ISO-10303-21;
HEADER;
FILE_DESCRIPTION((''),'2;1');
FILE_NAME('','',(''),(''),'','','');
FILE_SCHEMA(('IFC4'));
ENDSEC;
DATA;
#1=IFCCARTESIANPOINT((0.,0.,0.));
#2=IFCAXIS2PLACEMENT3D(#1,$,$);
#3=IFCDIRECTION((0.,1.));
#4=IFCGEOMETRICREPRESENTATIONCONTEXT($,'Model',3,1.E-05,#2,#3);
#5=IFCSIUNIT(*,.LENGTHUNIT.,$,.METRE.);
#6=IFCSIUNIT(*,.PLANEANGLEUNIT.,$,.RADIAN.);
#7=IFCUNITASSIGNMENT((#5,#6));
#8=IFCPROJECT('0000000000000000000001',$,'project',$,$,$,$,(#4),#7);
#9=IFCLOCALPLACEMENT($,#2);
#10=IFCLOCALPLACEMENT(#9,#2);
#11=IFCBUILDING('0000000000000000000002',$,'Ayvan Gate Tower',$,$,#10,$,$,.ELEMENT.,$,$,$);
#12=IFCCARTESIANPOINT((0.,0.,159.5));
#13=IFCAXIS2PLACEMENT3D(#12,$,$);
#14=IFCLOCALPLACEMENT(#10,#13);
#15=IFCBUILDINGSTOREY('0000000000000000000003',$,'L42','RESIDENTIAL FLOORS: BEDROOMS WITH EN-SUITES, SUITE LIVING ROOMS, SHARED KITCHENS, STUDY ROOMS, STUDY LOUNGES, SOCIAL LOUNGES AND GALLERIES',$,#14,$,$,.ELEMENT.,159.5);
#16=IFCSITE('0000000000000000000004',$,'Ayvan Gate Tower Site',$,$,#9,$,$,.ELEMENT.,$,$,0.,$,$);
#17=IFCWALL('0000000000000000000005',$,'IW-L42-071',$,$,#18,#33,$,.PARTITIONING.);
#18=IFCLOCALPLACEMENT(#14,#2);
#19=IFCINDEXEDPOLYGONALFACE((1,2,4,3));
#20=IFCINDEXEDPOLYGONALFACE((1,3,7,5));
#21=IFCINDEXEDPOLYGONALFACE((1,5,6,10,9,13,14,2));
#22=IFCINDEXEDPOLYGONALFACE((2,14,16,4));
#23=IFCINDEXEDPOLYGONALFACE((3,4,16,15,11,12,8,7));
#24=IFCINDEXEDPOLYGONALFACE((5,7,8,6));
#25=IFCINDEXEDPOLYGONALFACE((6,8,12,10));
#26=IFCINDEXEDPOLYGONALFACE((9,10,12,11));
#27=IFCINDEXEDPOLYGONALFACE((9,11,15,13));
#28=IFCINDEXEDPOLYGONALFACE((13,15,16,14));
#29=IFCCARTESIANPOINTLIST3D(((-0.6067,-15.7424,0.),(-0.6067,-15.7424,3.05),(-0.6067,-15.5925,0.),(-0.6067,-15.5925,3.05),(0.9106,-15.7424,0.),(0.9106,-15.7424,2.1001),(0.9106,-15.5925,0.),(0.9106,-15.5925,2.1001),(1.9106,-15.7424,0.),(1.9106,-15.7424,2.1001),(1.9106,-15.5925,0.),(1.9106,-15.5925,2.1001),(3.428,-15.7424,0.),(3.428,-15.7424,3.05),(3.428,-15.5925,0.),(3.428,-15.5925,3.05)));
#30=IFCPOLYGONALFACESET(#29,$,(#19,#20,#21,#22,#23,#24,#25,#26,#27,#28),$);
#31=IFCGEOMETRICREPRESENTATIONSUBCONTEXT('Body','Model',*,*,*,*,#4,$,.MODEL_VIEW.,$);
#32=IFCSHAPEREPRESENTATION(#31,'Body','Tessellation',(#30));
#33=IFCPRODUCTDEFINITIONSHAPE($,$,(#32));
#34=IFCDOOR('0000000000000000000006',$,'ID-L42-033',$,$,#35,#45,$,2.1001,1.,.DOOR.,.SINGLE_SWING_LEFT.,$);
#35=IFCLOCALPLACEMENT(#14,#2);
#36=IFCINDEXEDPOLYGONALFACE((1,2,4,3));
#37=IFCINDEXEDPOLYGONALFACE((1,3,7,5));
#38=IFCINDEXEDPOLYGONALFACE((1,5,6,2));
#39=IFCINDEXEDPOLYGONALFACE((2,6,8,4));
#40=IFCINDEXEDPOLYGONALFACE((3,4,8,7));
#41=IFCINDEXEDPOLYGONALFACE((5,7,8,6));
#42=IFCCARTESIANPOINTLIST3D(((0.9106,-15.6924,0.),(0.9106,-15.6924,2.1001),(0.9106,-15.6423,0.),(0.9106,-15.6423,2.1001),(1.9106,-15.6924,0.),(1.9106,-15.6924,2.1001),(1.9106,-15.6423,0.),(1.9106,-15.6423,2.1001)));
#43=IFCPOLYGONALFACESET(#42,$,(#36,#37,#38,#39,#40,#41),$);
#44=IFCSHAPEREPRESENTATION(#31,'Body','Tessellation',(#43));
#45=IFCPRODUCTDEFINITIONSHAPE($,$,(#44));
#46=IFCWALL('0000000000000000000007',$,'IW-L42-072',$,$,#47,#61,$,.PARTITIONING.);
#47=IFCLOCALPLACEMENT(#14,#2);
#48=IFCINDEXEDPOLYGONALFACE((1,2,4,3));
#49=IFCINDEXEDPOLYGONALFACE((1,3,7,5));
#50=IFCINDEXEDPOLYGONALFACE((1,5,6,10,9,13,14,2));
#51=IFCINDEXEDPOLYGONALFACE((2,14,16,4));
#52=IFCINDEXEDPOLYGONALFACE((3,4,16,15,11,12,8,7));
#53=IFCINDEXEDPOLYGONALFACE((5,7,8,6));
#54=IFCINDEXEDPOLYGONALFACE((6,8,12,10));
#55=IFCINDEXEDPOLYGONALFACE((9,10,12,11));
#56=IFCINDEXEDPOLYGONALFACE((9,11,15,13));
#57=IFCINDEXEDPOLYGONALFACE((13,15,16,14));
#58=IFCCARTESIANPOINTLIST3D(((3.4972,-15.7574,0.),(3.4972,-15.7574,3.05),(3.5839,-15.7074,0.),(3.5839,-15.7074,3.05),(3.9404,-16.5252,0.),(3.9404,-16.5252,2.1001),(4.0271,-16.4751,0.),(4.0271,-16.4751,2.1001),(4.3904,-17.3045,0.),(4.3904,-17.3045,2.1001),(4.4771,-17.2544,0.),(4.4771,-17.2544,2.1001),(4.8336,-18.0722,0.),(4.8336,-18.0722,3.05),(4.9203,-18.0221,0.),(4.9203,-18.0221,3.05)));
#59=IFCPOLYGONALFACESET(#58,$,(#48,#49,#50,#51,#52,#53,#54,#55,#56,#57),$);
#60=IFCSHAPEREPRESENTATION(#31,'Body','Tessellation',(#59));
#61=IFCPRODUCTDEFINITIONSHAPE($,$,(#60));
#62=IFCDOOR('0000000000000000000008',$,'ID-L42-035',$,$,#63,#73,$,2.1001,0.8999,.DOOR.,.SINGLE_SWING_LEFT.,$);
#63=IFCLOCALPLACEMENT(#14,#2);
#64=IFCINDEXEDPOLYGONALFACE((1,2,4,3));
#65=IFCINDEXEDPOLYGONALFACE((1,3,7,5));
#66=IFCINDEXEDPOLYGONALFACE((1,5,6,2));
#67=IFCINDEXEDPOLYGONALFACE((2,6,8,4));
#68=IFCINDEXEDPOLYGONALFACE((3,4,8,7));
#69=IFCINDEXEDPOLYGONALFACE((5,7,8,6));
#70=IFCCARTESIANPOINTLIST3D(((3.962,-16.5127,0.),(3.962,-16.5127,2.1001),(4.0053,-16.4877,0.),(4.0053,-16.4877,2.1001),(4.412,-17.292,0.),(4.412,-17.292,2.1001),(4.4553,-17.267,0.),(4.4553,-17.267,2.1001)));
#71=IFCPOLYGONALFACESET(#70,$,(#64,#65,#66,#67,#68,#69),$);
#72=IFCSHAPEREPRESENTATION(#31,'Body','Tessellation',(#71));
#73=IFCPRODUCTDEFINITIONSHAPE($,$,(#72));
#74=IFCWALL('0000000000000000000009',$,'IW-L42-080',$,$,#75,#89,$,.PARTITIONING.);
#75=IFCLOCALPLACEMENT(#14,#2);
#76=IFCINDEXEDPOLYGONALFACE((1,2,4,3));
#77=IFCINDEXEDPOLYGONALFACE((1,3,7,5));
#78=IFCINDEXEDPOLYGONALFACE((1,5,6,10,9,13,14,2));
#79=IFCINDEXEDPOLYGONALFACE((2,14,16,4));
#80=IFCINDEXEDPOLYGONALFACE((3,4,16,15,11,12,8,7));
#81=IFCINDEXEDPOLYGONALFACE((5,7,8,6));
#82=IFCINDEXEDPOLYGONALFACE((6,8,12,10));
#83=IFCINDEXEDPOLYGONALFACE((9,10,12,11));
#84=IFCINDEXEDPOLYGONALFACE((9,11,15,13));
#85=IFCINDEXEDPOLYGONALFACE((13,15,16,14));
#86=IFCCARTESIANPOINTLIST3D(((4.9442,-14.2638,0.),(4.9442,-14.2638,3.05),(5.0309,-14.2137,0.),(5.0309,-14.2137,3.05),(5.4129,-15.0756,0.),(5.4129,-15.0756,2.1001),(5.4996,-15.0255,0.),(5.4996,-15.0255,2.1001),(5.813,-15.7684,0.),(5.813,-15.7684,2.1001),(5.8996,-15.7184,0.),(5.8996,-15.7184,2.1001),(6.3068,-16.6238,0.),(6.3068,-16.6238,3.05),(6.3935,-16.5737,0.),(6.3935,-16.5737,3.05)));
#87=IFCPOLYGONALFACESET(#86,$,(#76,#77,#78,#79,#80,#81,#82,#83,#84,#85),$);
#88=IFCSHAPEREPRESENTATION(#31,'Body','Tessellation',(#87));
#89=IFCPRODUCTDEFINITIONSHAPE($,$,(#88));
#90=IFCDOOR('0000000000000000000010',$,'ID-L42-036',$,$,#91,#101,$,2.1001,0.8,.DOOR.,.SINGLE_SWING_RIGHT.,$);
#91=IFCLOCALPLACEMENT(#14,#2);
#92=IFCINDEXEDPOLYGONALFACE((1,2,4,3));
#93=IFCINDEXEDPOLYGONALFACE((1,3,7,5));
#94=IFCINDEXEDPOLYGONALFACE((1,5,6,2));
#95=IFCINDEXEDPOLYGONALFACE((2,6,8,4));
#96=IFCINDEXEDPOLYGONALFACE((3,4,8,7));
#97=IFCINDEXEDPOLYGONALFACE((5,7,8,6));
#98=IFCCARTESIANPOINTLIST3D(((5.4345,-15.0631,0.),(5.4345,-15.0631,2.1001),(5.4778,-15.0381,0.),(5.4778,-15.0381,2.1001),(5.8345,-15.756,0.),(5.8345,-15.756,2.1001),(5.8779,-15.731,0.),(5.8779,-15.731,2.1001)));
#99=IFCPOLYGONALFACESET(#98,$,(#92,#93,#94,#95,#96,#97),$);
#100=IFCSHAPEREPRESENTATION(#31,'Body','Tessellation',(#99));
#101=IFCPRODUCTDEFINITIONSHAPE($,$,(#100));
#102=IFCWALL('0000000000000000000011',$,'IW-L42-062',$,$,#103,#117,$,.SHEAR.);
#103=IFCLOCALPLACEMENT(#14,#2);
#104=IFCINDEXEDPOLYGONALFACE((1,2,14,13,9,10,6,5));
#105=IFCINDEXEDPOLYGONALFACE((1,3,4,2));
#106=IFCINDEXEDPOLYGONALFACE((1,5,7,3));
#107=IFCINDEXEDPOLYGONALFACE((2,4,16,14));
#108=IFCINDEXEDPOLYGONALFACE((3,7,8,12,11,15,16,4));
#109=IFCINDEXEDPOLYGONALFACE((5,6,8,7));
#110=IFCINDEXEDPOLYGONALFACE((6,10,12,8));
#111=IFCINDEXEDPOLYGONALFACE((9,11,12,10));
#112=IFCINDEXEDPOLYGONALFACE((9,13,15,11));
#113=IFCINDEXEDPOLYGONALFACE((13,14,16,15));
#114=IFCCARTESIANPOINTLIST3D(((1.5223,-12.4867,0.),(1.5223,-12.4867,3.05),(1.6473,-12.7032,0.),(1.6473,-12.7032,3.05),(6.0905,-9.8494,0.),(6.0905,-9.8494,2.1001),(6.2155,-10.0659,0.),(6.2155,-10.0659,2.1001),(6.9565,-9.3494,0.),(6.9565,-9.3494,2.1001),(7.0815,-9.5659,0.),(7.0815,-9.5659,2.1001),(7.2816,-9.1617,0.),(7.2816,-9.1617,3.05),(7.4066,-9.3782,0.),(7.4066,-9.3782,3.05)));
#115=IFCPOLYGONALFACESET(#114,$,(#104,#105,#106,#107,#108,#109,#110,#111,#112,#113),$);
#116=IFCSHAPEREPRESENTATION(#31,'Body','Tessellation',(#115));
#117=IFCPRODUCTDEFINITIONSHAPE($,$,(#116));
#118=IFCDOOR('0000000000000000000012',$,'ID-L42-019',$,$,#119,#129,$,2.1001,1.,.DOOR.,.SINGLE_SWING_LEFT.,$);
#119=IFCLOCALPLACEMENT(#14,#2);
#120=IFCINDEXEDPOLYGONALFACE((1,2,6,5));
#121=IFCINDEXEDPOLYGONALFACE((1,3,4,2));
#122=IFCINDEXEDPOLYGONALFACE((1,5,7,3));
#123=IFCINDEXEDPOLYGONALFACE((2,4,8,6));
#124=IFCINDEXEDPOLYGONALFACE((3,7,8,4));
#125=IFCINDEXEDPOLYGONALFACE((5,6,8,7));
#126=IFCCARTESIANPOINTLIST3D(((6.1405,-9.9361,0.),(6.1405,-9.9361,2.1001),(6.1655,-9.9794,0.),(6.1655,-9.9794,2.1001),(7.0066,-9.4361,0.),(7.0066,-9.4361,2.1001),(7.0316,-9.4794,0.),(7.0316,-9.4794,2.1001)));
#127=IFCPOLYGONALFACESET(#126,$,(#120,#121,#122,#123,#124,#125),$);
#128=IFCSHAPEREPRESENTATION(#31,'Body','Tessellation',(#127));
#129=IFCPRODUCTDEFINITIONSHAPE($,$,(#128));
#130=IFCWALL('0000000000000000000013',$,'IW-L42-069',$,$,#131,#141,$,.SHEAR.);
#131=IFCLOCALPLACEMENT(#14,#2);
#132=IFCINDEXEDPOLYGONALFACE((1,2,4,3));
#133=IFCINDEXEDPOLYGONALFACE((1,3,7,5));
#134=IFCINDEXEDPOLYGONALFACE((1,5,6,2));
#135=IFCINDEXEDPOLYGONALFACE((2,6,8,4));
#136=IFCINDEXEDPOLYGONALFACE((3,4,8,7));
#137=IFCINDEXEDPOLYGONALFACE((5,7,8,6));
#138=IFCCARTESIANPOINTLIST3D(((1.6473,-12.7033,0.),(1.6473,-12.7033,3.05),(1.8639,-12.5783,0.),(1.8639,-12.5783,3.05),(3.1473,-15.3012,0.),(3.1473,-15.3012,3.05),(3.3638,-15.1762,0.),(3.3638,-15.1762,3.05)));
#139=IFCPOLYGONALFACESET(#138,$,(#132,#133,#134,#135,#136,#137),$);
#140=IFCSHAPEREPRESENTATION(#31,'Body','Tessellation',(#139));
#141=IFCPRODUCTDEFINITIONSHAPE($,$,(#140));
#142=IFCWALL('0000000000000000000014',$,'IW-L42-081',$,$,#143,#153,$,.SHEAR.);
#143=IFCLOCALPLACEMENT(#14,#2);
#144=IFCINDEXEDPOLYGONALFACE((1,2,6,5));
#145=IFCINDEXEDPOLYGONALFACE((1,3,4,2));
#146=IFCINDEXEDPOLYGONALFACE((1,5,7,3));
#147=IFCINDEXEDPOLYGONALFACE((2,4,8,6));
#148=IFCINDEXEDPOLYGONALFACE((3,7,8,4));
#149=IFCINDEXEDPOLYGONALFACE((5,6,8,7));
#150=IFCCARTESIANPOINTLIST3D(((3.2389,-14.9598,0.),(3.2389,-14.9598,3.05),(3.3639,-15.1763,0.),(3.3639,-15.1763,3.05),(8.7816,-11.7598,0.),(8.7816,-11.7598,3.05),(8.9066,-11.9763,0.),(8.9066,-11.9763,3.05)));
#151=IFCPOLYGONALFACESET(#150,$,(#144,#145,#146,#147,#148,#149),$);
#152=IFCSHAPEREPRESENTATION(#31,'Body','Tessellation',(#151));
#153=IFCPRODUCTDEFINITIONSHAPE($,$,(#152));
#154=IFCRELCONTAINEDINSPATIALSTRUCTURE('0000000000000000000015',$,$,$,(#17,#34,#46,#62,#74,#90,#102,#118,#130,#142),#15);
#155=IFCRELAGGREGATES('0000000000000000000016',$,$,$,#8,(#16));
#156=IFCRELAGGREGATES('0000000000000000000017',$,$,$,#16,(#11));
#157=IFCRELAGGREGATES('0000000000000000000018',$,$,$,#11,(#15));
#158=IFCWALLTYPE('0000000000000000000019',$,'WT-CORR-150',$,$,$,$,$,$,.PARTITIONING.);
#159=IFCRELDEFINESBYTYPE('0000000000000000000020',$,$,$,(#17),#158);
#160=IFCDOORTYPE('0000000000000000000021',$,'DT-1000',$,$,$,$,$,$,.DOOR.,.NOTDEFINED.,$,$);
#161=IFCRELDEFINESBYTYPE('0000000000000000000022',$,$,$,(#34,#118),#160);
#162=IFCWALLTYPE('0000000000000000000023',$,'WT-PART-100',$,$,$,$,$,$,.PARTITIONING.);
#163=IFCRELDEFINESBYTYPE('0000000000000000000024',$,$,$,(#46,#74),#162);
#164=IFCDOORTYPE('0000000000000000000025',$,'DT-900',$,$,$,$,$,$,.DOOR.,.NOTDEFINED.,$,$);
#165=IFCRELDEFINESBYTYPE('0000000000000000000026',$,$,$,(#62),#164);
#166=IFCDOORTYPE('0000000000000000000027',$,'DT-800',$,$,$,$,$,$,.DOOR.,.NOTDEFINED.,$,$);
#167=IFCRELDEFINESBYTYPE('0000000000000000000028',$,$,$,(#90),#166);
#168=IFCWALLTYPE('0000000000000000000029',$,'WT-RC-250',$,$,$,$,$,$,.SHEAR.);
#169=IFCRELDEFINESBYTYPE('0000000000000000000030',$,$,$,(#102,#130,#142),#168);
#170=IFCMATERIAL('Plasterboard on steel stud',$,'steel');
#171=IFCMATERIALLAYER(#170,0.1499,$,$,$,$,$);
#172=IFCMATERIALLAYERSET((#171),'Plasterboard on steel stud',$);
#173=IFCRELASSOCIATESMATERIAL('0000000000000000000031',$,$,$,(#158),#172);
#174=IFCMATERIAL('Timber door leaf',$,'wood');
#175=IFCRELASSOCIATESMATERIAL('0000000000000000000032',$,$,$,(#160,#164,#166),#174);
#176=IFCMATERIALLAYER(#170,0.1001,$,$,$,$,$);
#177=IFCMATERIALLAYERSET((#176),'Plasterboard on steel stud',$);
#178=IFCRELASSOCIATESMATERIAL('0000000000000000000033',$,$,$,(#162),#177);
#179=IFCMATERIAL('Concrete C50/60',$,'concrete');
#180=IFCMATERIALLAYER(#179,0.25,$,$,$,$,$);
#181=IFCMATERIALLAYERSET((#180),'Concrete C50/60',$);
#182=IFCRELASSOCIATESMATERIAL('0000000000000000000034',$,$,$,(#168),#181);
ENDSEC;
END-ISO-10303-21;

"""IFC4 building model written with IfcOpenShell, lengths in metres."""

from ifc_helpers import new_model, si_unit, direction, frame, frame_2d, origin, place, context, subcontext, project, spatial, rectangle, extrude, material, layer, layer_set, type_object, element, fill, save


model = new_model("IFC4")

# Units and contexts
model_context = context("Model", 3, precision=1e-05, world=origin(), true_north=direction((0.0, 1.0)))
body_context = subcontext(model_context, "Body", "Model", "MODEL_VIEW")
ifc_project = project(units=[si_unit("LENGTHUNIT", "METRE"), si_unit("PLANEANGLEUNIT", "RADIAN")], contexts=[model_context])

# Site, building, storey
site_placement = place(None, origin())
site = spatial("IfcSite", under=ifc_project, at=site_placement, Name="Ayvan Gate Tower Site", CompositionType="ELEMENT", RefElevation=0.0)
building_placement = place(site_placement, origin())
building = spatial("IfcBuilding", under=site, at=building_placement, Name="Ayvan Gate Tower", CompositionType="ELEMENT")
storey_placement = place(building_placement, frame((0.0, 0.0, 159.5)))
storey = spatial("IfcBuildingStorey", under=building, at=storey_placement, Name="L42", Description="RESIDENTIAL FLOORS: BEDROOMS WITH EN-SUITES, SUITE LIVING ROOMS, SHARED KITCHENS, STUDY ROOMS, STUDY LOUNGES, SOCIAL LOUNGES AND GALLERIES", CompositionType="ELEMENT", Elevation=159.5)

# Shared definitions
ifc_material_1 = material(Name="Plasterboard on steel stud", Category="steel")
ifc_layer_1 = layer(ifc_material_1, 0.1499)
ifc_layer_set_1 = layer_set([ifc_layer_1], Name="Plasterboard on steel stud")
wall_type_1 = type_object("IfcWallType", Name="WT-CORR-150", PredefinedType="PARTITIONING", material=ifc_layer_set_1)

# Walls, openings, doors
wall_1_placement = place(storey_placement, frame((3.428, -15.6675, 0.0), z_axis=(0.0, 0.0, 1.0), x_axis=(-1.0, 0.0, 0.0)))
wall_1 = element("IfcWall", 1, at=wall_1_placement, inside=storey, type_object=wall_type_1, Name="IW-L42-071", PredefinedType="PARTITIONING", context=body_context, shape_type="SweptSolid", body=[
    extrude(rectangle(XDim=4.0347, YDim=0.1499, at=frame_2d((2.0173, 0.0))), origin(), (0.0, 0.0, 1.0), 3.05),
])
opening_1_placement = place(wall_1_placement, frame((1.5173, 0.0, 0.0)))
opening_1 = element("IfcOpeningElement", 2, at=opening_1_placement, cuts=wall_1, PredefinedType="OPENING", context=body_context, shape_type="SweptSolid", body=[
    extrude(rectangle(XDim=1.0, YDim=2.1001, at=frame_2d((0.5, 1.05))), frame((0.0, 0.085, 0.0), z_axis=(0.0, -1.0, 0.0), x_axis=(1.0, 0.0, 0.0)), (0.0, 0.0, 1.0), 0.1699),
])
ifc_material_2 = material(Name="Timber door leaf", Category="wood")
door_type_1 = type_object("IfcDoorType", Name="DT-1000", OperationType="NOTDEFINED", PredefinedType="DOOR", material=ifc_material_2)
door_1_placement = place(opening_1_placement, origin())
door_1 = element("IfcDoor", 3, at=door_1_placement, inside=storey, type_object=door_type_1, Name="ID-L42-033", OperationType="SINGLE_SWING_LEFT", OverallHeight=2.1001, OverallWidth=1.0, PredefinedType="DOOR", context=body_context, shape_type="SweptSolid", body=[
    extrude(rectangle(XDim=1.0, YDim=2.1001, at=frame_2d((0.5, 1.05))), frame((0.0, 0.0249, 0.0), z_axis=(0.0, -1.0, 0.0), x_axis=(1.0, 0.0, 0.0)), (0.0, 0.0, 1.0), 0.05),
])
fill(opening_1, door_1)
ifc_layer_2 = layer(ifc_material_1, 0.1001)
ifc_layer_set_2 = layer_set([ifc_layer_2], Name="Plasterboard on steel stud")
wall_type_2 = type_object("IfcWallType", Name="WT-PART-100", PredefinedType="PARTITIONING", material=ifc_layer_set_2)
wall_2_placement = place(storey_placement, frame((3.5405, -15.7324, 0.0), z_axis=(0.0, 0.0, 1.0), x_axis=(0.50001, -0.86602, 0.0)))
wall_2 = element("IfcWall", 4, at=wall_2_placement, inside=storey, type_object=wall_type_2, Name="IW-L42-072", PredefinedType="PARTITIONING", context=body_context, shape_type="SweptSolid", body=[
    extrude(rectangle(XDim=2.6729, YDim=0.1001, at=frame_2d((1.3364, 0.0))), origin(), (0.0, 0.0, 1.0), 3.05),
])
opening_2_placement = place(wall_2_placement, frame((0.8865, 0.0, 0.0)))
opening_2 = element("IfcOpeningElement", 5, at=opening_2_placement, cuts=wall_2, PredefinedType="OPENING", context=body_context, shape_type="SweptSolid", body=[
    extrude(rectangle(XDim=0.8999, YDim=2.1001, at=frame_2d((0.45, 1.05))), frame((0.0, 0.0601, 0.0), z_axis=(0.0, -1.0, 0.0), x_axis=(1.0, 0.0, 0.0)), (0.0, 0.0, 1.0), 0.1201),
])
door_type_2 = type_object("IfcDoorType", Name="DT-900", OperationType="NOTDEFINED", PredefinedType="DOOR", material=ifc_material_2)
door_2_placement = place(opening_2_placement, origin())
door_2 = element("IfcDoor", 6, at=door_2_placement, inside=storey, type_object=door_type_2, Name="ID-L42-035", OperationType="SINGLE_SWING_LEFT", OverallHeight=2.1001, OverallWidth=0.8999, PredefinedType="DOOR", context=body_context, shape_type="SweptSolid", body=[
    extrude(rectangle(XDim=0.8999, YDim=2.1001, at=frame_2d((0.45, 1.05))), frame((0.0, 0.0249, 0.0), z_axis=(0.0, -1.0, 0.0), x_axis=(1.0, 0.0, 0.0)), (0.0, 0.0, 1.0), 0.05),
])
fill(opening_2, door_2)
wall_3_placement = place(storey_placement, frame((4.9875, -14.2388, 0.0), z_axis=(0.0, 0.0, 1.0), x_axis=(0.500022, -0.866013, 0.0)))
wall_3 = element("IfcWall", 7, at=wall_3_placement, inside=storey, type_object=wall_type_2, Name="IW-L42-080", PredefinedType="PARTITIONING", context=body_context, shape_type="SweptSolid", body=[
    extrude(rectangle(XDim=2.7251, YDim=0.1001, at=frame_2d((1.3625, 0.0))), origin(), (0.0, 0.0, 1.0), 3.05),
])
opening_3_placement = place(wall_3_placement, frame((0.9375, 0.0, 0.0)))
opening_3 = element("IfcOpeningElement", 8, at=opening_3_placement, cuts=wall_3, PredefinedType="OPENING", context=body_context, shape_type="SweptSolid", body=[
    extrude(rectangle(XDim=0.8, YDim=2.1001, at=frame_2d((0.3999, 1.05))), frame((0.0, 0.0601, 0.0), z_axis=(0.0, -1.0, 0.0), x_axis=(1.0, 0.0, 0.0)), (0.0, 0.0, 1.0), 0.1201),
])
door_type_3 = type_object("IfcDoorType", Name="DT-800", OperationType="NOTDEFINED", PredefinedType="DOOR", material=ifc_material_2)
door_3_placement = place(opening_3_placement, origin())
door_3 = element("IfcDoor", 9, at=door_3_placement, inside=storey, type_object=door_type_3, Name="ID-L42-036", OperationType="SINGLE_SWING_RIGHT", OverallHeight=2.1001, OverallWidth=0.8, PredefinedType="DOOR", context=body_context, shape_type="SweptSolid", body=[
    extrude(rectangle(XDim=0.8, YDim=2.1001, at=frame_2d((0.3999, 1.05))), frame((0.0, 0.0249, 0.0), z_axis=(0.0, -1.0, 0.0), x_axis=(1.0, 0.0, 0.0)), (0.0, 0.0, 1.0), 0.05),
])
fill(opening_3, door_3)
ifc_material_3 = material(Name="Concrete C50/60", Category="concrete")
ifc_layer_3 = layer(ifc_material_3, 0.25)
ifc_layer_set_3 = layer_set([ifc_layer_3], Name="Concrete C50/60")
wall_type_3 = type_object("IfcWallType", Name="WT-RC-250", PredefinedType="SHEAR", material=ifc_layer_set_3)
wall_4_placement = place(storey_placement, frame((1.5847, -12.595, 0.0), z_axis=(0.0, 0.0, 1.0), x_axis=(0.866036, 0.499981, 0.0)))
wall_4 = element("IfcWall", 10, at=wall_4_placement, inside=storey, type_object=wall_type_3, Name="IW-L42-062", PredefinedType="SHEAR", context=body_context, shape_type="SweptSolid", body=[
    extrude(rectangle(XDim=6.6501, YDim=0.25, at=frame_2d((3.3252, 0.0))), origin(), (0.0, 0.0, 1.0), 3.05),
])
opening_4_placement = place(wall_4_placement, frame((5.2749, 0.0, 0.0)))
opening_4 = element("IfcOpeningElement", 11, at=opening_4_placement, cuts=wall_4, PredefinedType="OPENING", context=body_context, shape_type="SweptSolid", body=[
    extrude(rectangle(XDim=1.0, YDim=2.1001, at=frame_2d((0.5, 1.05))), frame((0.0, 0.135, 0.0), z_axis=(0.0, -1.0, 0.0), x_axis=(1.0, 0.0, 0.0)), (0.0, 0.0, 1.0), 0.27),
])
door_4_placement = place(opening_4_placement, origin())
door_4 = element("IfcDoor", 12, at=door_4_placement, inside=storey, type_object=door_type_1, Name="ID-L42-019", OperationType="SINGLE_SWING_LEFT", OverallHeight=2.1001, OverallWidth=1.0, PredefinedType="DOOR", context=body_context, shape_type="SweptSolid", body=[
    extrude(rectangle(XDim=1.0, YDim=2.1001, at=frame_2d((0.5, 1.05))), frame((0.0, 0.0249, 0.0), z_axis=(0.0, -1.0, 0.0), x_axis=(1.0, 0.0, 0.0)), (0.0, 0.0, 1.0), 0.05),
])
fill(opening_4, door_4)

# Walls
wall_5_placement = place(storey_placement, frame((3.2556, -15.2388, 0.0), z_axis=(0.0, 0.0, 1.0), x_axis=(-0.500025, 0.866011, 0.0)))
element("IfcWall", 13, at=wall_5_placement, inside=storey, type_object=wall_type_3, Name="IW-L42-069", PredefinedType="SHEAR", context=body_context, shape_type="SweptSolid", body=[
    extrude(rectangle(XDim=2.9998, YDim=0.25, at=frame_2d((1.5, 0.0))), origin(), (0.0, 0.0, 1.0), 3.05),
])
wall_6_placement = place(storey_placement, frame((3.3013, -15.0681, 0.0), z_axis=(0.0, 0.0, 1.0), x_axis=(0.866035, 0.499983, 0.0)))
element("IfcWall", 14, at=wall_6_placement, inside=storey, type_object=wall_type_3, Name="IW-L42-081", PredefinedType="SHEAR", context=body_context, shape_type="SweptSolid", body=[
    extrude(rectangle(XDim=6.4001, YDim=0.25, at=frame_2d((3.2002, 0.0))), origin(), (0.0, 0.0, 1.0), 3.05),
])

save(model, "model.ifc")
